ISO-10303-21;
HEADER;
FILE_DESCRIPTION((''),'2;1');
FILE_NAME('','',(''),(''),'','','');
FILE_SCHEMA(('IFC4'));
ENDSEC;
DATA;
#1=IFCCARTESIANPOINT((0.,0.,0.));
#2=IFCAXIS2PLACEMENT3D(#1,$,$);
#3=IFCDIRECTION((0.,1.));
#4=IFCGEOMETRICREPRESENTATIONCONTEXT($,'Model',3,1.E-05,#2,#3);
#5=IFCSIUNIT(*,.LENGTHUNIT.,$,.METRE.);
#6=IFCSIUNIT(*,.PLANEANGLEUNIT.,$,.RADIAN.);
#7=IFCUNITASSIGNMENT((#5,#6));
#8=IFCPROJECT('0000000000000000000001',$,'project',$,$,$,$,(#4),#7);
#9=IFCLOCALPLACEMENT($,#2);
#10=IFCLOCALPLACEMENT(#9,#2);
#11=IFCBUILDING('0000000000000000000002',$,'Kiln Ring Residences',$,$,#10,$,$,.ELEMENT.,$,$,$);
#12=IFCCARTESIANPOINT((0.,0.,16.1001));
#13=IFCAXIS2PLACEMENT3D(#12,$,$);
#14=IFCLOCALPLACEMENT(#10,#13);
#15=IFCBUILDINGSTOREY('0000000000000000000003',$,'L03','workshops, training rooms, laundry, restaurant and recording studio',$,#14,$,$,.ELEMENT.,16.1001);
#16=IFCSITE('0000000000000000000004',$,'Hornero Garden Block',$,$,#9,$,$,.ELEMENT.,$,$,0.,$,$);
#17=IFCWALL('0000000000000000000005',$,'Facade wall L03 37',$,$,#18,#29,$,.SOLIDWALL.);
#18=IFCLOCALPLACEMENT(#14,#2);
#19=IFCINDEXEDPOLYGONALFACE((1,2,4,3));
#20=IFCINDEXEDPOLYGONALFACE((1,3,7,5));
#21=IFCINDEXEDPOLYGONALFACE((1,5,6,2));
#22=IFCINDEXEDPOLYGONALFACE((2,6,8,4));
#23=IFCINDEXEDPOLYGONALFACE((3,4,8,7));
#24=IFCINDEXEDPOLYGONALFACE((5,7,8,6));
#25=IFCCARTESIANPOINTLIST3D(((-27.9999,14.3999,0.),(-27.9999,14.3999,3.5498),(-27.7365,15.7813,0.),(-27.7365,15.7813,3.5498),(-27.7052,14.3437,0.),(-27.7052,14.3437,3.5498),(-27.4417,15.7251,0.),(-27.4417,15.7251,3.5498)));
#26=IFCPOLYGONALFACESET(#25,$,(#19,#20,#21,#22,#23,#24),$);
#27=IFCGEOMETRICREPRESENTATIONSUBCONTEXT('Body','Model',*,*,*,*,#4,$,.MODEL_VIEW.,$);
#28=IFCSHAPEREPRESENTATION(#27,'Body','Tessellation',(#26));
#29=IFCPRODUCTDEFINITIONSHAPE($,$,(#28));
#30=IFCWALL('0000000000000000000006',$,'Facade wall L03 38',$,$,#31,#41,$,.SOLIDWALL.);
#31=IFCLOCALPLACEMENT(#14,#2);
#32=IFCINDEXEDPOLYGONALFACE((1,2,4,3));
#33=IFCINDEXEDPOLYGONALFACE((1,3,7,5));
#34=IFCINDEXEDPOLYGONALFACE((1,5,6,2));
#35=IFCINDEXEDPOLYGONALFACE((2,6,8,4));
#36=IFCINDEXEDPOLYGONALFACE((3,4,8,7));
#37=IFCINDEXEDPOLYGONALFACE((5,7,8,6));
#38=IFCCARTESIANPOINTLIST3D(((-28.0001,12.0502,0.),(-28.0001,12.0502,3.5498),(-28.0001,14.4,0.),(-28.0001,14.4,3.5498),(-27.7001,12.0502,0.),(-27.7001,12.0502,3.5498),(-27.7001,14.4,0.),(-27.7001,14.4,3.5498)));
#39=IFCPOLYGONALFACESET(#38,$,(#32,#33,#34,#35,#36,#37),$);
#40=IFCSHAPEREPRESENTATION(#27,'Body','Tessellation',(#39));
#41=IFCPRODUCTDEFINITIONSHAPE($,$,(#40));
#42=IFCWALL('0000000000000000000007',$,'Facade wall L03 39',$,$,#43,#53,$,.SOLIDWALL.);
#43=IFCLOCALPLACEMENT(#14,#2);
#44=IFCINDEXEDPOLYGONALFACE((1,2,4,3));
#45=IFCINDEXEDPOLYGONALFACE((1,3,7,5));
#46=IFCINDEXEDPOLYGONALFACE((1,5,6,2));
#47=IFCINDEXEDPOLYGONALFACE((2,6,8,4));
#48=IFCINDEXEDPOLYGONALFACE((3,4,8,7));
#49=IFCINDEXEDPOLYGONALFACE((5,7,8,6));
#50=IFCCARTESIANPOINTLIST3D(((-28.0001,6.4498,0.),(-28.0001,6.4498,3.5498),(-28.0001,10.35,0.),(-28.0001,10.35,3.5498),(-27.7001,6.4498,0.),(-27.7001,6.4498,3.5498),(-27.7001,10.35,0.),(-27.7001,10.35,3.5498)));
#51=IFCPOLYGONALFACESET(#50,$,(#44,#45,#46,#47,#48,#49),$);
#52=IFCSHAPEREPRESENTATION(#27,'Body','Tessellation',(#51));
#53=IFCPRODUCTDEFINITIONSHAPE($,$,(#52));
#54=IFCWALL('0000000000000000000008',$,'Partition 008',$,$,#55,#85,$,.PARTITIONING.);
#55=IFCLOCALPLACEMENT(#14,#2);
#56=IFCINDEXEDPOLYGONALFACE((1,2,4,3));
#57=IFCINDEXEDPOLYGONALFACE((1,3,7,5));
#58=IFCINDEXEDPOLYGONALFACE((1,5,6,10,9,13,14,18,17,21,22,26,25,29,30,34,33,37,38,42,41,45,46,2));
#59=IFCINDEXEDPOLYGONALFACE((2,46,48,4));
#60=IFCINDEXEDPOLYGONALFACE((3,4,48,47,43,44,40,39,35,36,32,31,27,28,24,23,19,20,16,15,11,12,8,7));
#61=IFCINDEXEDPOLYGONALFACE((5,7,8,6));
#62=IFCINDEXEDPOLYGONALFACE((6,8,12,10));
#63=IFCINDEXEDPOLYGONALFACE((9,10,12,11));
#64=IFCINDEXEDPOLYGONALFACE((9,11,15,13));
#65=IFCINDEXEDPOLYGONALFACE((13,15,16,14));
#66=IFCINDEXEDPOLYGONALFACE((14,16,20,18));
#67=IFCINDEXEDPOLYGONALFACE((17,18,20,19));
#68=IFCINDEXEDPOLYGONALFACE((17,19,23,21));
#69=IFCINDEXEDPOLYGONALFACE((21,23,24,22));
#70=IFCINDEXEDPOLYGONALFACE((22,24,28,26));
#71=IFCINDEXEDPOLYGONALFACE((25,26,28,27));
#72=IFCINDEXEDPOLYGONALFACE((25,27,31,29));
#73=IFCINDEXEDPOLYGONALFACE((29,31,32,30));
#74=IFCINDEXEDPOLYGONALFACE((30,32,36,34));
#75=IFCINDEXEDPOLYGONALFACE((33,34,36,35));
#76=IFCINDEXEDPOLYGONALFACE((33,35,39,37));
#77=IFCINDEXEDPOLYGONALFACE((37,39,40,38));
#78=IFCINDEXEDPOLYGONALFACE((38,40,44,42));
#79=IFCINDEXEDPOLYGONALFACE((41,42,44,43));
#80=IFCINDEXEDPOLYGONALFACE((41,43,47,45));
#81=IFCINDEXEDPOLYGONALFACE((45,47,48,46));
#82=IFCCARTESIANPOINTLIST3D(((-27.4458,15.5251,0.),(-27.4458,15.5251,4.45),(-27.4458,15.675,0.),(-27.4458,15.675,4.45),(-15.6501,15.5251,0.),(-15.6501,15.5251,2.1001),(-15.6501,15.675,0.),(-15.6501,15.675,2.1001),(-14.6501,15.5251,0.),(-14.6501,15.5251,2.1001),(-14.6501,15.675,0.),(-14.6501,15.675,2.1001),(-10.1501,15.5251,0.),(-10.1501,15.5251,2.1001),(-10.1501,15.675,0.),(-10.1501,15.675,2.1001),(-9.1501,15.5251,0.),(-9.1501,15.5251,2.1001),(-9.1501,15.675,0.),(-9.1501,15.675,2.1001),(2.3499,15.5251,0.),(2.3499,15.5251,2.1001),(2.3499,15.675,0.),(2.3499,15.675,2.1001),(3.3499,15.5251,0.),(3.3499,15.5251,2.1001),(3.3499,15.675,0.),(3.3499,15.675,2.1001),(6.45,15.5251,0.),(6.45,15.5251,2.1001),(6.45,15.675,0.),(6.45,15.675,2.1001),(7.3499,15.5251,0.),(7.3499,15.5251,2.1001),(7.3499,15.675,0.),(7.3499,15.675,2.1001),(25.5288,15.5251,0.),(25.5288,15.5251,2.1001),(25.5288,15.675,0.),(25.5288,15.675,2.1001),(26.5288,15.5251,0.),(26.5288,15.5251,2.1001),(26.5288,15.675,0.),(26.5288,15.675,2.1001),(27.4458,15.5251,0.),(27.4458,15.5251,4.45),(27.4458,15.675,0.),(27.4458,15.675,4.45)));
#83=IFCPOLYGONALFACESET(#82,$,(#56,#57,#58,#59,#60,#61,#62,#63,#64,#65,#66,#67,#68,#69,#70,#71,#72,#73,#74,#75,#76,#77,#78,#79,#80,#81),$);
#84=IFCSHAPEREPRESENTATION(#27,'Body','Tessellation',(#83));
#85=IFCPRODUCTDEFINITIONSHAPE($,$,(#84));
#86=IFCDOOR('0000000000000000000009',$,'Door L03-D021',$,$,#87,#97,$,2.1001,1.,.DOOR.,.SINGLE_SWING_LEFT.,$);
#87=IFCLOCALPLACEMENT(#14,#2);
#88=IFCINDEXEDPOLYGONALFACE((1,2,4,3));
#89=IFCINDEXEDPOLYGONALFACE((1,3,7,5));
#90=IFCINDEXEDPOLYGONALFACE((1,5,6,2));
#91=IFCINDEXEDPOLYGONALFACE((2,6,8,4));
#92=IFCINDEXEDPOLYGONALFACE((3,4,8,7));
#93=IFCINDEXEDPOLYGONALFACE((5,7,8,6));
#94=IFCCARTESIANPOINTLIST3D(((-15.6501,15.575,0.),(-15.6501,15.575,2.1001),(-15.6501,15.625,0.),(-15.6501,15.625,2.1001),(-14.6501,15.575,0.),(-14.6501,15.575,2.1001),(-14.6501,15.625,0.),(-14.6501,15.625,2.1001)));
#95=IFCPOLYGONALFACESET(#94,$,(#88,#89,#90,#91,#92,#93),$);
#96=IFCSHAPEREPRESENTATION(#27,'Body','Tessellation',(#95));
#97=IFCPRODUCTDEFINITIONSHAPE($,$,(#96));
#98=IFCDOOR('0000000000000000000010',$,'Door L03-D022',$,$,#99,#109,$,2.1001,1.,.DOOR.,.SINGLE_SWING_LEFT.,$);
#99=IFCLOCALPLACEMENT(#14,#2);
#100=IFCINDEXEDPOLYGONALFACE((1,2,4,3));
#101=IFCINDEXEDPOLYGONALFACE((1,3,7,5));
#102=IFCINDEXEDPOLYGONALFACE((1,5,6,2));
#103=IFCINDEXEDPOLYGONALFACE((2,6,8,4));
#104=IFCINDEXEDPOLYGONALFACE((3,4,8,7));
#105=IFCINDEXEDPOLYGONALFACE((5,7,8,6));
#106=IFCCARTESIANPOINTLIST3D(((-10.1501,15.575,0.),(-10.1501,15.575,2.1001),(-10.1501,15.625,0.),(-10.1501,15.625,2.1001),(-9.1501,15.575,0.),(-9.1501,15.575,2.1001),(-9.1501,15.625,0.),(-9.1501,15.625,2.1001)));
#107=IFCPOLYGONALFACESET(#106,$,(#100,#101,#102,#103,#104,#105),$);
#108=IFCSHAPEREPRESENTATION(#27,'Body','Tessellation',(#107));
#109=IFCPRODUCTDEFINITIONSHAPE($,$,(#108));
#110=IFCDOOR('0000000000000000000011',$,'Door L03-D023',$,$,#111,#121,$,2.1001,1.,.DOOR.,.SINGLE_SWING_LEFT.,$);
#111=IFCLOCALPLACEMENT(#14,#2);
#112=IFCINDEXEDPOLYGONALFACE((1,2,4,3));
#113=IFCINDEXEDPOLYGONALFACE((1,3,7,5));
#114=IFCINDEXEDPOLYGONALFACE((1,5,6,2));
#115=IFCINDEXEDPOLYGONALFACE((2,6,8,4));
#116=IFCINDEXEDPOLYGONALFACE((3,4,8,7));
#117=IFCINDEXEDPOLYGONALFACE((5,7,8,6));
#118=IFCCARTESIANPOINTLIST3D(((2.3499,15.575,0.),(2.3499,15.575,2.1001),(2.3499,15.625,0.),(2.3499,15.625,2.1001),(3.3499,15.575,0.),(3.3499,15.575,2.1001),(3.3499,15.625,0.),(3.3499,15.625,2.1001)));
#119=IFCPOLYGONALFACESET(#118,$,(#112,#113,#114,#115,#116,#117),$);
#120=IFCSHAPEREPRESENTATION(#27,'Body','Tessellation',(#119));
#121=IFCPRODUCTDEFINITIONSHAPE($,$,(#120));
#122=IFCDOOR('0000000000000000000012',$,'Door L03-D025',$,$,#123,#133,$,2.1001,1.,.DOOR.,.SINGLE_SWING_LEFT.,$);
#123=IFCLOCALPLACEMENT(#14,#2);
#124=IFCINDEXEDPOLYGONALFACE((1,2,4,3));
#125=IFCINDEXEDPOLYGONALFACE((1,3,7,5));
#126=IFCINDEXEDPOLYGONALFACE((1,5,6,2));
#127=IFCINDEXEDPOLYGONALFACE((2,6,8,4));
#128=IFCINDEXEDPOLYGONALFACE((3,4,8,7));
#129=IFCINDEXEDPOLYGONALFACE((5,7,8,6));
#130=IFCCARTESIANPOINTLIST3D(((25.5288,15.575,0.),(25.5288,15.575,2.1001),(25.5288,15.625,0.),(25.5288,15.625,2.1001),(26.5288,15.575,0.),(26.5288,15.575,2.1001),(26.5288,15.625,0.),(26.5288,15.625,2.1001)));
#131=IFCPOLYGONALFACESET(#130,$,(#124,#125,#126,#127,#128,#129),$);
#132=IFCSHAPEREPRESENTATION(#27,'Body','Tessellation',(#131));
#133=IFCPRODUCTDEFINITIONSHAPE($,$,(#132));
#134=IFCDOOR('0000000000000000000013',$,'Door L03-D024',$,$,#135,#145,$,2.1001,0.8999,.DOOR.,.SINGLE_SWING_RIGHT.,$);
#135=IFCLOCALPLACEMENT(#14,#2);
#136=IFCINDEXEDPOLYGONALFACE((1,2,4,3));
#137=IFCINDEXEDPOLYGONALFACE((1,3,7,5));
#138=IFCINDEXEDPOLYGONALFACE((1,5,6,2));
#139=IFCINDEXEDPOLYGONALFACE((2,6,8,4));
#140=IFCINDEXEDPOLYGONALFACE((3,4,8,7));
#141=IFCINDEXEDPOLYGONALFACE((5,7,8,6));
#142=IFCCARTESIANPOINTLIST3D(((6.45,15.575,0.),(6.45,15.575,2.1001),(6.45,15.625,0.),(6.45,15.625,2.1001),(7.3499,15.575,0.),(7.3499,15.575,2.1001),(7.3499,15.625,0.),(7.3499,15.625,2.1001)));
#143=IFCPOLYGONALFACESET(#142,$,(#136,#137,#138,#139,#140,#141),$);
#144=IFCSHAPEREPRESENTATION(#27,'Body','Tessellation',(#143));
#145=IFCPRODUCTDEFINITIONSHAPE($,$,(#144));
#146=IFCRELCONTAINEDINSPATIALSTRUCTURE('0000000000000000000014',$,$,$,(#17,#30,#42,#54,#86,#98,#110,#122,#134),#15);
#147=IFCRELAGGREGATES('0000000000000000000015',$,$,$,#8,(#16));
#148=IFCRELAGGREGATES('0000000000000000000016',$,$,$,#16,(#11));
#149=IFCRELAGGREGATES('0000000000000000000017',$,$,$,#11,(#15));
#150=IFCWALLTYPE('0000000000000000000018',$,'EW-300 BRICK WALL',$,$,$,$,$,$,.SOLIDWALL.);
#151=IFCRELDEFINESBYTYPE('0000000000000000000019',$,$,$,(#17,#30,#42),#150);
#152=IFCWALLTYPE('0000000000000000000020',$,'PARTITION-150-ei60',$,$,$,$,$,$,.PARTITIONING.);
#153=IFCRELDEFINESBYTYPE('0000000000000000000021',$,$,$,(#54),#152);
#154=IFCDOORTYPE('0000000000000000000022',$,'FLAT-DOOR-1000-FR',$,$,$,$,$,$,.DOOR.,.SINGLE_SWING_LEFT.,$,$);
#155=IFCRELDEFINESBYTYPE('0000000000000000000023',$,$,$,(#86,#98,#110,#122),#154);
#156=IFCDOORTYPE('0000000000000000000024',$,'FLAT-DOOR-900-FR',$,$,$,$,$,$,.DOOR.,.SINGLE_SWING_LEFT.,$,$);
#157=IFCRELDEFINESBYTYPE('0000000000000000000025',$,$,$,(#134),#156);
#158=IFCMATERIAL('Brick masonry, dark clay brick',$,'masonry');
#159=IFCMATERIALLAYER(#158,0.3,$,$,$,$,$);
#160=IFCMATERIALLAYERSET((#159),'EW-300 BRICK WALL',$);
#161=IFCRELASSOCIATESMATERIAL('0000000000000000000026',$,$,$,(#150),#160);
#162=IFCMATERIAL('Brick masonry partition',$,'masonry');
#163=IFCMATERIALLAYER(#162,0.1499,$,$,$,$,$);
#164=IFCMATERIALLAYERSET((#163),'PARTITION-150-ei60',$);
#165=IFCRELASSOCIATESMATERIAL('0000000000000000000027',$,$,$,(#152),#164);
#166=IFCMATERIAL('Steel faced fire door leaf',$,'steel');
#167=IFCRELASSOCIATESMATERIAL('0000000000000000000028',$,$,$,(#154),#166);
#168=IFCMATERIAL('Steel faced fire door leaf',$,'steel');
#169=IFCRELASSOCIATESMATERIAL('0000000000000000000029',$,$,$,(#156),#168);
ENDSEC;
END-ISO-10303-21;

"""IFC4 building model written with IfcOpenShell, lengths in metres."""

from ifc_helpers import new_model, si_unit, direction, frame, frame_2d, origin, place, context, subcontext, project, spatial, rectangle, extrude, material, layer, layer_set, type_object, element, fill, save


model = new_model("IFC4")

# Units and contexts
model_context = context("Model", 3, precision=1e-05, world=origin(), true_north=direction((0.0, 1.0)))
body_context = subcontext(model_context, "Body", "Model", "MODEL_VIEW")
ifc_project = project(units=[si_unit("LENGTHUNIT", "METRE"), si_unit("PLANEANGLEUNIT", "RADIAN")], contexts=[model_context])

# Site, building, storey
site_placement = place(None, origin())
site = spatial("IfcSite", under=ifc_project, at=site_placement, Name="Hornero Garden Block", CompositionType="ELEMENT", RefElevation=0.0)
building_placement = place(site_placement, origin())
building = spatial("IfcBuilding", under=site, at=building_placement, Name="Kiln Ring Residences", CompositionType="ELEMENT")
storey_placement = place(building_placement, frame((0.0, 0.0, 16.1001)))
storey = spatial("IfcBuildingStorey", under=building, at=storey_placement, Name="L03", Description="workshops, training rooms, laundry, restaurant and recording studio", CompositionType="ELEMENT", Elevation=16.1001)

# Shared definitions
ifc_material_1 = material(Name="Brick masonry, dark clay brick", Category="masonry")
ifc_layer_1 = layer(ifc_material_1, 0.3)
ifc_layer_set_1 = layer_set([ifc_layer_1], Name="EW-300 BRICK WALL")
wall_type_1 = type_object("IfcWallType", Name="EW-300 BRICK WALL", PredefinedType="SOLIDWALL", material=ifc_layer_set_1)

# Walls
wall_1_placement = place(storey_placement, frame((-27.5891, 15.7532, 0.0), z_axis=(0.0, 0.0, 1.0), x_axis=(-0.187328, -0.982298, 0.0)))
element("IfcWall", 1, at=wall_1_placement, inside=storey, type_object=wall_type_1, Name="Facade wall L03 37", PredefinedType="SOLIDWALL", context=body_context, shape_type="SweptSolid", body=[
    extrude(rectangle(XDim=1.4062, YDim=0.3, at=frame_2d((0.7031, 0.0))), origin(), (0.0, 0.0, 1.0), 3.5498),
])
wall_2_placement = place(storey_placement, frame((-27.8501, 14.3999, 0.0), z_axis=(0.0, 0.0, 1.0), x_axis=(0.0, -1.0, 0.0)))
element("IfcWall", 2, at=wall_2_placement, inside=storey, type_object=wall_type_1, Name="Facade wall L03 38", PredefinedType="SOLIDWALL", context=body_context, shape_type="SweptSolid", body=[
    extrude(rectangle(XDim=2.3499, YDim=0.3, at=frame_2d((1.1748, 0.0))), origin(), (0.0, 0.0, 1.0), 3.5498),
])
wall_3_placement = place(storey_placement, frame((-27.8501, 10.3501, 0.0), z_axis=(0.0, 0.0, 1.0), x_axis=(0.0, -1.0, 0.0)))
element("IfcWall", 3, at=wall_3_placement, inside=storey, type_object=wall_type_1, Name="Facade wall L03 39", PredefinedType="SOLIDWALL", context=body_context, shape_type="SweptSolid", body=[
    extrude(rectangle(XDim=3.9001, YDim=0.3, at=frame_2d((1.9502, 0.0))), origin(), (0.0, 0.0, 1.0), 3.5498),
])

# Wall, openings, doors
ifc_material_2 = material(Name="Brick masonry partition", Category="masonry")
ifc_layer_2 = layer(ifc_material_2, 0.1499)
ifc_layer_set_2 = layer_set([ifc_layer_2], Name="PARTITION-150-ei60")
wall_type_2 = type_object("IfcWallType", Name="PARTITION-150-ei60", PredefinedType="PARTITIONING", material=ifc_layer_set_2)
wall_4_placement = place(storey_placement, frame((-27.4458, 15.6001, 0.0), z_axis=(0.0, 0.0, 1.0), x_axis=(1.0, 0.0, 0.0)))
wall_4 = element("IfcWall", 4, at=wall_4_placement, inside=storey, type_object=wall_type_2, Name="Partition 008", PredefinedType="PARTITIONING", context=body_context, shape_type="SweptSolid", body=[
    extrude(rectangle(XDim=54.8916, YDim=0.1499, at=frame_2d((27.4458, 0.0))), origin(), (0.0, 0.0, 1.0), 4.45),
])
opening_1_placement = place(wall_4_placement, frame((11.7957, 0.0, 0.0)))
opening_1 = element("IfcOpeningElement", 5, at=opening_1_placement, cuts=wall_4, PredefinedType="OPENING", context=body_context, shape_type="SweptSolid", body=[
    extrude(rectangle(XDim=1.0, YDim=2.1001, at=frame_2d((0.5, 1.05))), frame((0.0, 0.085, 0.0), z_axis=(0.0, -1.0, 0.0), x_axis=(1.0, 0.0, 0.0)), (0.0, 0.0, 1.0), 0.1699),
])
opening_2_placement = place(wall_4_placement, frame((17.2957, 0.0, 0.0)))
opening_2 = element("IfcOpeningElement", 6, at=opening_2_placement, cuts=wall_4, PredefinedType="OPENING", context=body_context, shape_type="SweptSolid", body=[
    extrude(rectangle(XDim=1.0, YDim=2.1001, at=frame_2d((0.5, 1.05))), frame((0.0, 0.085, 0.0), z_axis=(0.0, -1.0, 0.0), x_axis=(1.0, 0.0, 0.0)), (0.0, 0.0, 1.0), 0.1699),
])
opening_3_placement = place(wall_4_placement, frame((29.7957, 0.0, 0.0)))
opening_3 = element("IfcOpeningElement", 7, at=opening_3_placement, cuts=wall_4, PredefinedType="OPENING", context=body_context, shape_type="SweptSolid", body=[
    extrude(rectangle(XDim=1.0, YDim=2.1001, at=frame_2d((0.5, 1.05))), frame((0.0, 0.085, 0.0), z_axis=(0.0, -1.0, 0.0), x_axis=(1.0, 0.0, 0.0)), (0.0, 0.0, 1.0), 0.1699),
])
opening_4_placement = place(wall_4_placement, frame((33.8958, 0.0, 0.0)))
opening_4 = element("IfcOpeningElement", 8, at=opening_4_placement, cuts=wall_4, PredefinedType="OPENING", context=body_context, shape_type="SweptSolid", body=[
    extrude(rectangle(XDim=0.8999, YDim=2.1001, at=frame_2d((0.45, 1.05))), frame((0.0, 0.085, 0.0), z_axis=(0.0, -1.0, 0.0), x_axis=(1.0, 0.0, 0.0)), (0.0, 0.0, 1.0), 0.1699),
])
opening_5_placement = place(wall_4_placement, frame((52.9746, 0.0, 0.0)))
opening_5 = element("IfcOpeningElement", 9, at=opening_5_placement, cuts=wall_4, PredefinedType="OPENING", context=body_context, shape_type="SweptSolid", body=[
    extrude(rectangle(XDim=1.0, YDim=2.1001, at=frame_2d((0.5, 1.05))), frame((0.0, 0.085, 0.0), z_axis=(0.0, -1.0, 0.0), x_axis=(1.0, 0.0, 0.0)), (0.0, 0.0, 1.0), 0.1699),
])
ifc_material_3 = material(Name="Steel faced fire door leaf", Category="steel")
door_type_1 = type_object("IfcDoorType", Name="FLAT-DOOR-1000-FR", OperationType="SINGLE_SWING_LEFT", PredefinedType="DOOR", material=ifc_material_3)
door_1_placement = place(opening_1_placement, origin())
door_1 = element("IfcDoor", 10, at=door_1_placement, inside=storey, type_object=door_type_1, Name="Door L03-D021", OperationType="SINGLE_SWING_LEFT", OverallHeight=2.1001, OverallWidth=1.0, PredefinedType="DOOR", context=body_context, shape_type="SweptSolid", body=[
    extrude(rectangle(XDim=1.0, YDim=2.1001, at=frame_2d((0.5, 1.05))), frame((0.0, 0.0249, 0.0), z_axis=(0.0, -1.0, 0.0), x_axis=(1.0, 0.0, 0.0)), (0.0, 0.0, 1.0), 0.05),
])
fill(opening_1, door_1)
door_2_placement = place(opening_2_placement, origin())
door_2 = element("IfcDoor", 11, at=door_2_placement, inside=storey, type_object=door_type_1, Name="Door L03-D022", OperationType="SINGLE_SWING_LEFT", OverallHeight=2.1001, OverallWidth=1.0, PredefinedType="DOOR", context=body_context, shape_type="SweptSolid", body=[
    extrude(rectangle(XDim=1.0, YDim=2.1001, at=frame_2d((0.5, 1.05))), frame((0.0, 0.0249, 0.0), z_axis=(0.0, -1.0, 0.0), x_axis=(1.0, 0.0, 0.0)), (0.0, 0.0, 1.0), 0.05),
])
fill(opening_2, door_2)
door_3_placement = place(opening_3_placement, origin())
door_3 = element("IfcDoor", 12, at=door_3_placement, inside=storey, type_object=door_type_1, Name="Door L03-D023", OperationType="SINGLE_SWING_LEFT", OverallHeight=2.1001, OverallWidth=1.0, PredefinedType="DOOR", context=body_context, shape_type="SweptSolid", body=[
    extrude(rectangle(XDim=1.0, YDim=2.1001, at=frame_2d((0.5, 1.05))), frame((0.0, 0.0249, 0.0), z_axis=(0.0, -1.0, 0.0), x_axis=(1.0, 0.0, 0.0)), (0.0, 0.0, 1.0), 0.05),
])
fill(opening_3, door_3)
door_4_placement = place(opening_5_placement, origin())
door_4 = element("IfcDoor", 13, at=door_4_placement, inside=storey, type_object=door_type_1, Name="Door L03-D025", OperationType="SINGLE_SWING_LEFT", OverallHeight=2.1001, OverallWidth=1.0, PredefinedType="DOOR", context=body_context, shape_type="SweptSolid", body=[
    extrude(rectangle(XDim=1.0, YDim=2.1001, at=frame_2d((0.5, 1.05))), frame((0.0, 0.0249, 0.0), z_axis=(0.0, -1.0, 0.0), x_axis=(1.0, 0.0, 0.0)), (0.0, 0.0, 1.0), 0.05),
])
fill(opening_5, door_4)
ifc_material_4 = material(Name="Steel faced fire door leaf", Category="steel")
door_type_2 = type_object("IfcDoorType", Name="FLAT-DOOR-900-FR", OperationType="SINGLE_SWING_LEFT", PredefinedType="DOOR", material=ifc_material_4)
door_5_placement = place(opening_4_placement, origin())
door_5 = element("IfcDoor", 14, at=door_5_placement, inside=storey, type_object=door_type_2, Name="Door L03-D024", OperationType="SINGLE_SWING_RIGHT", OverallHeight=2.1001, OverallWidth=0.8999, PredefinedType="DOOR", context=body_context, shape_type="SweptSolid", body=[
    extrude(rectangle(XDim=0.8999, YDim=2.1001, at=frame_2d((0.45, 1.05))), frame((0.0, 0.0249, 0.0), z_axis=(0.0, -1.0, 0.0), x_axis=(1.0, 0.0, 0.0)), (0.0, 0.0, 1.0), 0.05),
])
fill(opening_4, door_5)

save(model, "model.ifc")
